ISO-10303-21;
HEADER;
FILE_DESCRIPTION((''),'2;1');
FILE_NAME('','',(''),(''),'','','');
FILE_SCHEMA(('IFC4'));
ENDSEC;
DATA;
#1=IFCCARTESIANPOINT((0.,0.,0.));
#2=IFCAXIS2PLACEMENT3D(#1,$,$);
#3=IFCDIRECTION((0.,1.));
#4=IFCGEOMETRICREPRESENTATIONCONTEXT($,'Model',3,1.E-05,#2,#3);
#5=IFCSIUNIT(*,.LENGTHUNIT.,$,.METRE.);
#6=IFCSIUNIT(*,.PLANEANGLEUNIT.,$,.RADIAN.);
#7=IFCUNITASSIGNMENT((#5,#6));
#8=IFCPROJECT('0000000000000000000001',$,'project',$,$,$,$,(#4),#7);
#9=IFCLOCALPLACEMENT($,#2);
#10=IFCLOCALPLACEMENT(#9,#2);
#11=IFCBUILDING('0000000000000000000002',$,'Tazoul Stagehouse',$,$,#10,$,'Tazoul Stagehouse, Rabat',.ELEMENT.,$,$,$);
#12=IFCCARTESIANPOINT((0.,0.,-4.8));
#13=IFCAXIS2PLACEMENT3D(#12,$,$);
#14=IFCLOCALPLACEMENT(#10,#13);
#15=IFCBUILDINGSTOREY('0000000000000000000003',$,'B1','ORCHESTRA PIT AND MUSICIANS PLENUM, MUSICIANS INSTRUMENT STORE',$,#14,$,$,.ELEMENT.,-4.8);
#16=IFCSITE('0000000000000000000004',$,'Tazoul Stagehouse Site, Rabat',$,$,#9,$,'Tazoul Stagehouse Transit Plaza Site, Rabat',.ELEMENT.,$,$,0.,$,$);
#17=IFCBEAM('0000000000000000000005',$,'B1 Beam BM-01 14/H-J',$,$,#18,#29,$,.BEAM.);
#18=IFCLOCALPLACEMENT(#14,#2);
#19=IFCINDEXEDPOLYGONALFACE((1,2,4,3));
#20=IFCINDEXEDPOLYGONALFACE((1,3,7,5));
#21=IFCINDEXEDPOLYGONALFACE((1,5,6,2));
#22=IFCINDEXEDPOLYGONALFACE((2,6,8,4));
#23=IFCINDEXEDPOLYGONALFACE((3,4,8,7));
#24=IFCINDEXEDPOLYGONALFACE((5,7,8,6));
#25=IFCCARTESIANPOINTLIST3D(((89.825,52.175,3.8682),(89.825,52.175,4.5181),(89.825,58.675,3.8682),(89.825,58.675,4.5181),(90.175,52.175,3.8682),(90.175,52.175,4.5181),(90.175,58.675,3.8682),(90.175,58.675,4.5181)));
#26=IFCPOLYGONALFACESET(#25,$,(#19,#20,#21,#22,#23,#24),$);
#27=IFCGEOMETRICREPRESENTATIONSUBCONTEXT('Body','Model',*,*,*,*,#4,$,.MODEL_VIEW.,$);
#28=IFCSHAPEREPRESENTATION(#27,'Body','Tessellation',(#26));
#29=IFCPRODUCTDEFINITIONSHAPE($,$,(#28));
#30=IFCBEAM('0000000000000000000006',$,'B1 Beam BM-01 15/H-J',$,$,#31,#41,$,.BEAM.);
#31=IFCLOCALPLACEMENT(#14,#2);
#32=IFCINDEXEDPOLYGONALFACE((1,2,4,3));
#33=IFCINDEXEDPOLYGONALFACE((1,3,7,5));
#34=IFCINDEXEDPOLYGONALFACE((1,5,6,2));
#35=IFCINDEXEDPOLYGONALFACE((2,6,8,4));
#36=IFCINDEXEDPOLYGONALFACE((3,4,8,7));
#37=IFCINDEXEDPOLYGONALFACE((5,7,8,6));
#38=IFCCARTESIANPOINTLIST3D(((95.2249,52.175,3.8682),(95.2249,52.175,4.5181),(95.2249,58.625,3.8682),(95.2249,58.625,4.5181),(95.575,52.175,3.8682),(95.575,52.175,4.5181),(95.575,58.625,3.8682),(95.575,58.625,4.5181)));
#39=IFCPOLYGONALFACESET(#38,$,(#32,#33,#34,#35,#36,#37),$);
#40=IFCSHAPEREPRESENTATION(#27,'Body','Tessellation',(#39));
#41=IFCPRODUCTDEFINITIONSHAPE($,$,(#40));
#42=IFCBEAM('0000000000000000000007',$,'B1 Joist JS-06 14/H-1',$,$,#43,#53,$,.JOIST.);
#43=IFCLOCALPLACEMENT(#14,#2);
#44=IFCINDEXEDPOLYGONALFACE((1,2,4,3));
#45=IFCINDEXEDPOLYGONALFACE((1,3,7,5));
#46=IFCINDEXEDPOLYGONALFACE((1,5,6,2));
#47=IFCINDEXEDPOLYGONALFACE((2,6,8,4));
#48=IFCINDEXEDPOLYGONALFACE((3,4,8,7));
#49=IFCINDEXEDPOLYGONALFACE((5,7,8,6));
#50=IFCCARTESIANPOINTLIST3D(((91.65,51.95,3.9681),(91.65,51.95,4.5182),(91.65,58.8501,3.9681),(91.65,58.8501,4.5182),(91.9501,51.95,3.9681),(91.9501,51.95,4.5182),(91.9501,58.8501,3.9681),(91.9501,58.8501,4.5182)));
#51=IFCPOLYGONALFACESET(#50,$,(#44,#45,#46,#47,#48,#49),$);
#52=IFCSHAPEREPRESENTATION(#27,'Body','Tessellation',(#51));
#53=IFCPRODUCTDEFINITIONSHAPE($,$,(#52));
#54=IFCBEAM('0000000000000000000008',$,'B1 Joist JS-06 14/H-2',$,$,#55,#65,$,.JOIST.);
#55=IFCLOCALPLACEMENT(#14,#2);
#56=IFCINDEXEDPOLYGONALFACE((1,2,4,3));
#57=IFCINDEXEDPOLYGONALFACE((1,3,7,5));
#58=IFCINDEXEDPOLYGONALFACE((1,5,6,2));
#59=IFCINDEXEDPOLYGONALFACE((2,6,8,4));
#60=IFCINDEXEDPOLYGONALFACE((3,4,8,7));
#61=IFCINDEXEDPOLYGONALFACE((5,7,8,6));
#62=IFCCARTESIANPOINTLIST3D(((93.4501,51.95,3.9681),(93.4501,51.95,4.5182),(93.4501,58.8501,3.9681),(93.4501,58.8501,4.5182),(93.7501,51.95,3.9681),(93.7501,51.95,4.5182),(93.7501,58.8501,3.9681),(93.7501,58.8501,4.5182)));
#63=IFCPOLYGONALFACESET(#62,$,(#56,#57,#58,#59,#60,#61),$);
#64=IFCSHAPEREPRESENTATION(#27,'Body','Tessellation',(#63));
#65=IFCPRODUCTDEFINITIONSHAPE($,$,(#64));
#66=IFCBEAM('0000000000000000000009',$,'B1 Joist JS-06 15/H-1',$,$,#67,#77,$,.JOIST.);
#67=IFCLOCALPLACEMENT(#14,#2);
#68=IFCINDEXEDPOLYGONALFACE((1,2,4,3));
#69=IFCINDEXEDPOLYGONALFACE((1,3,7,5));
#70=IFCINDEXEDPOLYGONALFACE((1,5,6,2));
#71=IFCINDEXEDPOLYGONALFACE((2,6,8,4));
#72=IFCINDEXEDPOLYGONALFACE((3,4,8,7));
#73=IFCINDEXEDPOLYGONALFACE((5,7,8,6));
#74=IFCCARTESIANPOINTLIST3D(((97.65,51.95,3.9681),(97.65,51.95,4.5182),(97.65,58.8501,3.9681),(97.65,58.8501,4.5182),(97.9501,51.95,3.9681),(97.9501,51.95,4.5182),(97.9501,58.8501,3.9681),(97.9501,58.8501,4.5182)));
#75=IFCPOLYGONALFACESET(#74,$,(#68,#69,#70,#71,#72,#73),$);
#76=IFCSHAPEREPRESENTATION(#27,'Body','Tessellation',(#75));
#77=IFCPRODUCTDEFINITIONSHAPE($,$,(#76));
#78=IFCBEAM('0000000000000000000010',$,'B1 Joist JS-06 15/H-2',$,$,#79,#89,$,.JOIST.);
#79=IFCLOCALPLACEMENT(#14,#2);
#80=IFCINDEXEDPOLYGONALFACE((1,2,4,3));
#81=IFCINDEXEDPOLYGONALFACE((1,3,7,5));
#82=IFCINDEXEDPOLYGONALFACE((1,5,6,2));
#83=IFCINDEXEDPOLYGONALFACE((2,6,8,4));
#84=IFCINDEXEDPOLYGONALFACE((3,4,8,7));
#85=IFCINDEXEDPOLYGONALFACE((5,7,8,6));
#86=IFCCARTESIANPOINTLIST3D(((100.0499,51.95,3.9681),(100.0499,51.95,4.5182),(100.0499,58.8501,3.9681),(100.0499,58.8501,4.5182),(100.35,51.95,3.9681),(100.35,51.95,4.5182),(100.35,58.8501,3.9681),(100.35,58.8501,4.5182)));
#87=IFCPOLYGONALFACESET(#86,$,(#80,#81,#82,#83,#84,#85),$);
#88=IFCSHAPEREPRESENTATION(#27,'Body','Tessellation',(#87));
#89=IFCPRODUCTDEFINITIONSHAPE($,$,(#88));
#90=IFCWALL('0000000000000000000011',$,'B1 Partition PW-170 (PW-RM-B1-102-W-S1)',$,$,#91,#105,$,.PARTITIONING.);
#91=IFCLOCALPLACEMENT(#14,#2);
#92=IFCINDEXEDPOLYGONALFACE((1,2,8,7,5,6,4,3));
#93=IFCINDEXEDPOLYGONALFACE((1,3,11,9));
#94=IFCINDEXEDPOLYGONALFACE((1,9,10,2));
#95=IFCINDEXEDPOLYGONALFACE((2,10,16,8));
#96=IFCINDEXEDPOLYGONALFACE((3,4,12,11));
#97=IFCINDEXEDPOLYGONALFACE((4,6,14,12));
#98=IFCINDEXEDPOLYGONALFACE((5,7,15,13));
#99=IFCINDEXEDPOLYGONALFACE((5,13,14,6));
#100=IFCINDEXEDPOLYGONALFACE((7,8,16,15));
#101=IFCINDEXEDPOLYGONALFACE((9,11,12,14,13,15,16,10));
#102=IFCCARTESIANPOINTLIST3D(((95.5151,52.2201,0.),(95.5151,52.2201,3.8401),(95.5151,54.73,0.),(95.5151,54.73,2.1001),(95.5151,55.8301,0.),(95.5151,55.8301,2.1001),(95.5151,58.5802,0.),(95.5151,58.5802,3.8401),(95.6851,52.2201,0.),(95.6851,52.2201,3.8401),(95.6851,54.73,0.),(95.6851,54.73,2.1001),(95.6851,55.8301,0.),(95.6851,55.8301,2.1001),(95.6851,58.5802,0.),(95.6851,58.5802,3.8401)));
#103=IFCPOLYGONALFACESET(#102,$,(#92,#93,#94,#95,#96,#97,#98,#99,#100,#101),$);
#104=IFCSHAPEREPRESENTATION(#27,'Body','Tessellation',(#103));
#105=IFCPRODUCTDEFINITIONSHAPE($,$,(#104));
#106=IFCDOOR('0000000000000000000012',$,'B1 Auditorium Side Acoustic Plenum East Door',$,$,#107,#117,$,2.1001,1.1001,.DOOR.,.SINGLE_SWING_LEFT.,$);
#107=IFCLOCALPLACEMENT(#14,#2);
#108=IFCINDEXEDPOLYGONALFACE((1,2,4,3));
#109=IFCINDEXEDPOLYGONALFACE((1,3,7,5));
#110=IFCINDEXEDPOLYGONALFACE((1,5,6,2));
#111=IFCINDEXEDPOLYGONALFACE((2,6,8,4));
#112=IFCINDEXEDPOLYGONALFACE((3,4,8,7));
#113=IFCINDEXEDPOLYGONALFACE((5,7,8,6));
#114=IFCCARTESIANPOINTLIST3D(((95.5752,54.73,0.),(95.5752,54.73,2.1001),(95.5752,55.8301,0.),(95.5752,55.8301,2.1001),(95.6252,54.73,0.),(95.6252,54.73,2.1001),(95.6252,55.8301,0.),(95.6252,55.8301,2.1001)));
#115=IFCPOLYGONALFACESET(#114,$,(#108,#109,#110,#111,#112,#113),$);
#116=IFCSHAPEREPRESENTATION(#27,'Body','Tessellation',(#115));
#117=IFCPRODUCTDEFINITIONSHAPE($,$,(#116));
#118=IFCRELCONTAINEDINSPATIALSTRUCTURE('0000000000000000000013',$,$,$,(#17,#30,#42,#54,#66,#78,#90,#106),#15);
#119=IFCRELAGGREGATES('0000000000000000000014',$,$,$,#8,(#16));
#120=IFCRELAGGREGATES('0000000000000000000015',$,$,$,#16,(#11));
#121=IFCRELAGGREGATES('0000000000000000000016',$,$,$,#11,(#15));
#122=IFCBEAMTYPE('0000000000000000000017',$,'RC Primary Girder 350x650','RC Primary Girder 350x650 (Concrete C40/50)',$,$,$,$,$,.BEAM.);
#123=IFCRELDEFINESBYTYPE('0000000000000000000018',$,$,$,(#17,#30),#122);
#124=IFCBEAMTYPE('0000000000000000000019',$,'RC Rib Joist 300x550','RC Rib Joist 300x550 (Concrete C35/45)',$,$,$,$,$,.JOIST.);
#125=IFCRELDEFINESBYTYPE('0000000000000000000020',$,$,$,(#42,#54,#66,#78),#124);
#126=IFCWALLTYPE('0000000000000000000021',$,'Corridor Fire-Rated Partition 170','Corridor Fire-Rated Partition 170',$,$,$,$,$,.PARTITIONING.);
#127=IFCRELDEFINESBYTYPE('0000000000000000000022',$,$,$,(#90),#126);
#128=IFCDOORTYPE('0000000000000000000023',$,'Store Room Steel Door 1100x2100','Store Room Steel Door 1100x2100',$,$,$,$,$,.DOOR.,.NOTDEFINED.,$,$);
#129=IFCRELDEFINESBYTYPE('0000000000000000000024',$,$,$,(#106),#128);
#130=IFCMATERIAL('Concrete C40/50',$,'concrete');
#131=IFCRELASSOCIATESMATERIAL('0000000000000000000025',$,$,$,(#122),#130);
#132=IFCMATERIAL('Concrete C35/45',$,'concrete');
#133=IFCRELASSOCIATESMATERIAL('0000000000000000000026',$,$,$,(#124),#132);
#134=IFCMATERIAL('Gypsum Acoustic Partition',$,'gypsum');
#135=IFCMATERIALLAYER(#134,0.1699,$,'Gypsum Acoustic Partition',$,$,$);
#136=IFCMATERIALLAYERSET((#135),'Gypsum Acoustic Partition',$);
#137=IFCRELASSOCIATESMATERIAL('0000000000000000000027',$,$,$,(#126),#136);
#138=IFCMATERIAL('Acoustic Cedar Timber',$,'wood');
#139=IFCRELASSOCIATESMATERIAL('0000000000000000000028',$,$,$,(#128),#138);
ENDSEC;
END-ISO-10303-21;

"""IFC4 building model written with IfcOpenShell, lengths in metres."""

from ifc_helpers import new_model, si_unit, direction, frame, frame_2d, origin, origin_2d, place, context, subcontext, project, spatial, rectangle, extrude, material, layer, layer_set, material_profile, profile_set, type_object, element, fill, save


model = new_model("IFC4")

# Units and contexts
model_context = context("Model", 3, precision=1e-05, world=origin(), true_north=direction((0.0, 1.0)))
body_context = subcontext(model_context, "Body", "Model", "MODEL_VIEW")
ifc_project = project(units=[si_unit("LENGTHUNIT", "METRE"), si_unit("PLANEANGLEUNIT", "RADIAN")], contexts=[model_context])

# Site, building, storey
site_placement = place(None, origin())
site = spatial("IfcSite", under=ifc_project, at=site_placement, Name="Tazoul Stagehouse Site, Rabat", LongName="Tazoul Stagehouse Transit Plaza Site, Rabat", CompositionType="ELEMENT", RefElevation=0.0)
building_placement = place(site_placement, origin())
building = spatial("IfcBuilding", under=site, at=building_placement, Name="Tazoul Stagehouse", LongName="Tazoul Stagehouse, Rabat", CompositionType="ELEMENT")
storey_placement = place(building_placement, frame((0.0, 0.0, -4.8)))
storey = spatial("IfcBuildingStorey", under=building, at=storey_placement, Name="B1", Description="ORCHESTRA PIT AND MUSICIANS PLENUM, MUSICIANS INSTRUMENT STORE", CompositionType="ELEMENT", Elevation=-4.8)

# Shared definitions
ifc_material_1 = material(Name="Concrete C35/45", Category="concrete")

# Shared definitions
ifc_material_2 = material(Name="Concrete C40/50", Category="concrete")

# Beams
ifc_material_profile_1 = material_profile(ifc_material_2, rectangle(XDim=0.3501, YDim=0.6499, at=origin_2d()), Name="RC 350x650")
ifc_profile_set_1 = profile_set([ifc_material_profile_1], Name="Concrete C40/50")
beam_type_1 = type_object("IfcBeamType", Name="RC Primary Girder 350x650", Description="RC Primary Girder 350x650 (Concrete C40/50)", PredefinedType="BEAM", material=ifc_profile_set_1)
for number, where, z_axis, x_axis, name in (
    (1, (90.0, 52.175, 4.1931), (0.0, 1.0, 0.0), (-1.0, 0.0, 0.0), "B1 Beam BM-01 14/H-J"),
):
    element("IfcBeam", number, at=place(storey_placement, frame(where, z_axis=z_axis, x_axis=x_axis)), inside=storey, type_object=beam_type_1, Name=name, PredefinedType="BEAM", context=body_context, shape_type="SweptSolid", body=[
        extrude(rectangle(XDim=0.3501, YDim=0.6499, at=origin_2d()), origin(), (0.0, 0.0, 1.0), 6.5),
    ])
beam_1_placement = place(storey_placement, frame((95.3999, 52.175, 4.1931), z_axis=(0.0, 1.0, 0.0), x_axis=(-1.0, 0.0, 0.0)))
element("IfcBeam", 2, at=beam_1_placement, inside=storey, type_object=beam_type_1, Name="B1 Beam BM-01 15/H-J", PredefinedType="BEAM", context=body_context, shape_type="SweptSolid", body=[
    extrude(rectangle(XDim=0.3501, YDim=0.6499, at=origin_2d()), origin(), (0.0, 0.0, 1.0), 6.45),
])
ifc_material_profile_2 = material_profile(ifc_material_1, rectangle(XDim=0.3, YDim=0.55, at=origin_2d()), Name="RC 300x550")
ifc_profile_set_2 = profile_set([ifc_material_profile_2], Name="Concrete C35/45")
beam_type_2 = type_object("IfcBeamType", Name="RC Rib Joist 300x550", Description="RC Rib Joist 300x550 (Concrete C35/45)", PredefinedType="JOIST", material=ifc_profile_set_2)
for number, where, z_axis, x_axis, name in (
    (3, (91.8, 51.95, 4.2432), (0.0, 1.0, 0.0), (-1.0, 0.0, 0.0), "B1 Joist JS-06 14/H-1"),
    (4, (93.6001, 51.95, 4.2432), (0.0, 1.0, 0.0), (-1.0, 0.0, 0.0), "B1 Joist JS-06 14/H-2"),
    (5, (97.8, 51.95, 4.2432), (0.0, 1.0, 0.0), (-1.0, 0.0, 0.0), "B1 Joist JS-06 15/H-1"),
    (6, (100.2, 51.95, 4.2432), (0.0, 1.0, 0.0), (-1.0, 0.0, 0.0), "B1 Joist JS-06 15/H-2"),
):
    element("IfcBeam", number, at=place(storey_placement, frame(where, z_axis=z_axis, x_axis=x_axis)), inside=storey, type_object=beam_type_2, Name=name, PredefinedType="JOIST", context=body_context, shape_type="SweptSolid", body=[
        extrude(rectangle(XDim=0.3, YDim=0.55, at=origin_2d()), origin(), (0.0, 0.0, 1.0), 6.9001),
    ])

# Wall, opening, door
ifc_material_3 = material(Name="Gypsum Acoustic Partition", Category="gypsum")
ifc_layer = layer(ifc_material_3, 0.1699, Name="Gypsum Acoustic Partition")
ifc_layer_set = layer_set([ifc_layer], Name="Gypsum Acoustic Partition")
wall_type = type_object("IfcWallType", Name="Corridor Fire-Rated Partition 170", Description="Corridor Fire-Rated Partition 170", PredefinedType="PARTITIONING", material=ifc_layer_set)
ifc_material_4 = material(Name="Acoustic Cedar Timber", Category="wood")
wall_1_placement = place(storey_placement, frame((95.6001, 52.22, 0.0), z_axis=(0.0, 0.0, 1.0), x_axis=(0.0, 1.0, 0.0)))
wall_1 = element("IfcWall", 7, at=wall_1_placement, inside=storey, type_object=wall_type, Name="B1 Partition PW-170 (PW-RM-B1-102-W-S1)", PredefinedType="PARTITIONING", context=body_context, shape_type="SweptSolid", body=[
    extrude(rectangle(XDim=6.3601, YDim=0.1699, at=frame_2d((3.1802, 0.0))), origin(), (0.0, 0.0, 1.0), 3.8401),
])
opening_1_placement = place(wall_1_placement, frame((2.51, 0.0, 0.0)))
opening_1 = element("IfcOpeningElement", 8, at=opening_1_placement, cuts=wall_1, PredefinedType="OPENING", context=body_context, shape_type="SweptSolid", body=[
    extrude(rectangle(XDim=1.1001, YDim=2.1001, at=frame_2d((0.55, 1.05))), frame((0.0, 0.105, 0.0), z_axis=(0.0, -1.0, 0.0), x_axis=(1.0, 0.0, 0.0)), (0.0, 0.0, 1.0), 0.21),
])
door_type_1 = type_object("IfcDoorType", Name="Store Room Steel Door 1100x2100", Description="Store Room Steel Door 1100x2100", OperationType="NOTDEFINED", PredefinedType="DOOR", material=ifc_material_4)
door_1_placement = place(opening_1_placement, origin())
door_1 = element("IfcDoor", 9, at=door_1_placement, inside=storey, type_object=door_type_1, Name="B1 Auditorium Side Acoustic Plenum East Door", OperationType="SINGLE_SWING_LEFT", OverallHeight=2.1001, OverallWidth=1.1001, PredefinedType="DOOR", context=body_context, shape_type="SweptSolid", body=[
    extrude(rectangle(XDim=1.1001, YDim=2.1001, at=frame_2d((0.55, 1.05))), frame((0.0, 0.0249, 0.0), z_axis=(0.0, -1.0, 0.0), x_axis=(1.0, 0.0, 0.0)), (0.0, 0.0, 1.0), 0.05),
])
fill(opening_1, door_1)

save(model, "model.ifc")
